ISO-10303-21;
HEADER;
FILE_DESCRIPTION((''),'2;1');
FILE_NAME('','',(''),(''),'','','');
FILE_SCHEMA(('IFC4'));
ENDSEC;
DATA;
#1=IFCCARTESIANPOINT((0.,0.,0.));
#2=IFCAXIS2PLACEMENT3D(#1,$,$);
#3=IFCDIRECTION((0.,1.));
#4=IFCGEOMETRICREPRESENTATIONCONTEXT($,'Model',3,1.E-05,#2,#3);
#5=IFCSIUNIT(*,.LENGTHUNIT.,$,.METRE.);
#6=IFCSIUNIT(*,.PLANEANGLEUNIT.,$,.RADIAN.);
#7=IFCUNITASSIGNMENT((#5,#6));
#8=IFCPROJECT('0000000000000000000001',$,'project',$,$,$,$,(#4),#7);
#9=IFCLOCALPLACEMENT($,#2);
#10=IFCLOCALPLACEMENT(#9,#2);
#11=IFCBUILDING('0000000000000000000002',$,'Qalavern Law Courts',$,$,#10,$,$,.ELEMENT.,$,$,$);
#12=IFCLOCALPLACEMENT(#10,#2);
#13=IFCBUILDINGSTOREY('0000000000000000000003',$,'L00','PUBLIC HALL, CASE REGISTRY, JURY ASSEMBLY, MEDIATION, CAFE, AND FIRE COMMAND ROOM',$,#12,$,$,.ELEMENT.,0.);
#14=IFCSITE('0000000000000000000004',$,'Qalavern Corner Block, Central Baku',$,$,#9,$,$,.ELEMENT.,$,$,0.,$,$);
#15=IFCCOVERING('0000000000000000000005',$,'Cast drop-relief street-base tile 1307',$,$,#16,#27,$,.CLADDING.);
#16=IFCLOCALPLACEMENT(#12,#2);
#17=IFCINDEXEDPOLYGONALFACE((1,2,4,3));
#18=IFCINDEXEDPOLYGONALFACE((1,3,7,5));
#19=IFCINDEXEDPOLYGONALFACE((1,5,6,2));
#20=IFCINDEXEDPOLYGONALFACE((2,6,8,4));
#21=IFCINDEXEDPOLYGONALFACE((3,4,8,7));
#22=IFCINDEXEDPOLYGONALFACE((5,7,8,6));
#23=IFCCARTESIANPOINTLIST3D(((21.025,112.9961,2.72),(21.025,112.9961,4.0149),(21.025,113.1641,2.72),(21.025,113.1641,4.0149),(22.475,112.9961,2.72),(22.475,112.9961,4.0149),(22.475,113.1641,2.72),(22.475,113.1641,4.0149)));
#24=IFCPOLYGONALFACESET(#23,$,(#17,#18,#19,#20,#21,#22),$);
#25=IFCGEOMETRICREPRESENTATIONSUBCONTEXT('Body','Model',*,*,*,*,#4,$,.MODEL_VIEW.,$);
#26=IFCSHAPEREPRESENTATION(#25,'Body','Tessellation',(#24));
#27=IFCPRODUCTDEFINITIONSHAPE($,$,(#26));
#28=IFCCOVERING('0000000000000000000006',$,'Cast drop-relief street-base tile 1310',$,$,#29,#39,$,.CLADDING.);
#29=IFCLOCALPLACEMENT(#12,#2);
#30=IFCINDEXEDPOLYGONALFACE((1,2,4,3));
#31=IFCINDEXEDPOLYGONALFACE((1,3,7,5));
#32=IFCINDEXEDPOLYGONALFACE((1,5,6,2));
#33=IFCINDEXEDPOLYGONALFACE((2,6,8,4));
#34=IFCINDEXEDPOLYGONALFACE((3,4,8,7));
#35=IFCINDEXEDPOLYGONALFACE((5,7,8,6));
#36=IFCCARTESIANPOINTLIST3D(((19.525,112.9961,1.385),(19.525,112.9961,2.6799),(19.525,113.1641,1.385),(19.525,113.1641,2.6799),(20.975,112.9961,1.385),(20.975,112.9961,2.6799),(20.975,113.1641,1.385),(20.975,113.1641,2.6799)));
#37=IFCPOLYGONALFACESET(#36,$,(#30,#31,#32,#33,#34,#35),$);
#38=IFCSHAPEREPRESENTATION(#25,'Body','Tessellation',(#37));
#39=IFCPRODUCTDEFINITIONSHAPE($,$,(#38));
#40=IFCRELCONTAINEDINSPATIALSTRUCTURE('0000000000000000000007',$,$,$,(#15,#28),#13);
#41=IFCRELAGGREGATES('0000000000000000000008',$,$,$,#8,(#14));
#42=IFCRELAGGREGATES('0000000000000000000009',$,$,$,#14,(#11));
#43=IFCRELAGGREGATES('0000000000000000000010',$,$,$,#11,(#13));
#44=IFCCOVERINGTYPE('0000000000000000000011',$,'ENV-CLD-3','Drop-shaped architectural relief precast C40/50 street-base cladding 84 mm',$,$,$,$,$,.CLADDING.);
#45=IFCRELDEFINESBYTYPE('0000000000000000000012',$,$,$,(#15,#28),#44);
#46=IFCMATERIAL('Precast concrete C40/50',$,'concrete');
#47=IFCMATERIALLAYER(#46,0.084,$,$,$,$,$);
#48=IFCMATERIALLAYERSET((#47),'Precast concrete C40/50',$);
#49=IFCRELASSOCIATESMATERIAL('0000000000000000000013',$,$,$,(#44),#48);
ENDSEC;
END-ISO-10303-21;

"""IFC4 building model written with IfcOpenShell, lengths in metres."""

from ifc_helpers import new_model, si_unit, direction, frame, origin, origin_2d, place, context, subcontext, project, spatial, rectangle, extrude, material, layer, layer_set, type_object, element, save


model = new_model("IFC4")

# Units and contexts
model_context = context("Model", 3, precision=1e-05, world=origin(), true_north=direction((0.0, 1.0)))
body_context = subcontext(model_context, "Body", "Model", "MODEL_VIEW")
ifc_project = project(units=[si_unit("LENGTHUNIT", "METRE"), si_unit("PLANEANGLEUNIT", "RADIAN")], contexts=[model_context])

# Site, building, storey
site_placement = place(None, origin())
site = spatial("IfcSite", under=ifc_project, at=site_placement, Name="Qalavern Corner Block, Central Baku", CompositionType="ELEMENT", RefElevation=0.0)
building_placement = place(site_placement, origin())
building = spatial("IfcBuilding", under=site, at=building_placement, Name="Qalavern Law Courts", CompositionType="ELEMENT")
storey_placement = place(building_placement, origin())
storey = spatial("IfcBuildingStorey", under=building, at=storey_placement, Name="L00", Description="PUBLIC HALL, CASE REGISTRY, JURY ASSEMBLY, MEDIATION, CAFE, AND FIRE COMMAND ROOM", CompositionType="ELEMENT", Elevation=0.0)

# Coverings
ifc_material = material(Name="Precast concrete C40/50", Category="concrete")
ifc_layer_1 = layer(ifc_material, 0.084)
ifc_layer_set_1 = layer_set([ifc_layer_1], Name="Precast concrete C40/50")
covering_type_1 = type_object("IfcCoveringType", Name="ENV-CLD-3", Description="Drop-shaped architectural relief precast C40/50 street-base cladding 84 mm", PredefinedType="CLADDING", material=ifc_layer_set_1)
for number, where, z_axis, x_axis, name in (
    (1, (21.75, 113.0801, 2.72), (0.0, 0.0, 1.0), (-1.0, 0.0, 0.0), "Cast drop-relief street-base tile 1307"),
    (2, (20.25, 113.0801, 1.385), (0.0, 0.0, 1.0), (-1.0, 0.0, 0.0), "Cast drop-relief street-base tile 1310"),
):
    element("IfcCovering", number, at=place(storey_placement, frame(where, z_axis=z_axis, x_axis=x_axis)), inside=storey, type_object=covering_type_1, Name=name, PredefinedType="CLADDING", context=body_context, shape_type="SweptSolid", body=[
        extrude(rectangle(XDim=1.45, YDim=0.168, at=origin_2d()), origin(), (0.0, 0.0, 1.0), 1.2949),
    ])

save(model, "model.ifc")
